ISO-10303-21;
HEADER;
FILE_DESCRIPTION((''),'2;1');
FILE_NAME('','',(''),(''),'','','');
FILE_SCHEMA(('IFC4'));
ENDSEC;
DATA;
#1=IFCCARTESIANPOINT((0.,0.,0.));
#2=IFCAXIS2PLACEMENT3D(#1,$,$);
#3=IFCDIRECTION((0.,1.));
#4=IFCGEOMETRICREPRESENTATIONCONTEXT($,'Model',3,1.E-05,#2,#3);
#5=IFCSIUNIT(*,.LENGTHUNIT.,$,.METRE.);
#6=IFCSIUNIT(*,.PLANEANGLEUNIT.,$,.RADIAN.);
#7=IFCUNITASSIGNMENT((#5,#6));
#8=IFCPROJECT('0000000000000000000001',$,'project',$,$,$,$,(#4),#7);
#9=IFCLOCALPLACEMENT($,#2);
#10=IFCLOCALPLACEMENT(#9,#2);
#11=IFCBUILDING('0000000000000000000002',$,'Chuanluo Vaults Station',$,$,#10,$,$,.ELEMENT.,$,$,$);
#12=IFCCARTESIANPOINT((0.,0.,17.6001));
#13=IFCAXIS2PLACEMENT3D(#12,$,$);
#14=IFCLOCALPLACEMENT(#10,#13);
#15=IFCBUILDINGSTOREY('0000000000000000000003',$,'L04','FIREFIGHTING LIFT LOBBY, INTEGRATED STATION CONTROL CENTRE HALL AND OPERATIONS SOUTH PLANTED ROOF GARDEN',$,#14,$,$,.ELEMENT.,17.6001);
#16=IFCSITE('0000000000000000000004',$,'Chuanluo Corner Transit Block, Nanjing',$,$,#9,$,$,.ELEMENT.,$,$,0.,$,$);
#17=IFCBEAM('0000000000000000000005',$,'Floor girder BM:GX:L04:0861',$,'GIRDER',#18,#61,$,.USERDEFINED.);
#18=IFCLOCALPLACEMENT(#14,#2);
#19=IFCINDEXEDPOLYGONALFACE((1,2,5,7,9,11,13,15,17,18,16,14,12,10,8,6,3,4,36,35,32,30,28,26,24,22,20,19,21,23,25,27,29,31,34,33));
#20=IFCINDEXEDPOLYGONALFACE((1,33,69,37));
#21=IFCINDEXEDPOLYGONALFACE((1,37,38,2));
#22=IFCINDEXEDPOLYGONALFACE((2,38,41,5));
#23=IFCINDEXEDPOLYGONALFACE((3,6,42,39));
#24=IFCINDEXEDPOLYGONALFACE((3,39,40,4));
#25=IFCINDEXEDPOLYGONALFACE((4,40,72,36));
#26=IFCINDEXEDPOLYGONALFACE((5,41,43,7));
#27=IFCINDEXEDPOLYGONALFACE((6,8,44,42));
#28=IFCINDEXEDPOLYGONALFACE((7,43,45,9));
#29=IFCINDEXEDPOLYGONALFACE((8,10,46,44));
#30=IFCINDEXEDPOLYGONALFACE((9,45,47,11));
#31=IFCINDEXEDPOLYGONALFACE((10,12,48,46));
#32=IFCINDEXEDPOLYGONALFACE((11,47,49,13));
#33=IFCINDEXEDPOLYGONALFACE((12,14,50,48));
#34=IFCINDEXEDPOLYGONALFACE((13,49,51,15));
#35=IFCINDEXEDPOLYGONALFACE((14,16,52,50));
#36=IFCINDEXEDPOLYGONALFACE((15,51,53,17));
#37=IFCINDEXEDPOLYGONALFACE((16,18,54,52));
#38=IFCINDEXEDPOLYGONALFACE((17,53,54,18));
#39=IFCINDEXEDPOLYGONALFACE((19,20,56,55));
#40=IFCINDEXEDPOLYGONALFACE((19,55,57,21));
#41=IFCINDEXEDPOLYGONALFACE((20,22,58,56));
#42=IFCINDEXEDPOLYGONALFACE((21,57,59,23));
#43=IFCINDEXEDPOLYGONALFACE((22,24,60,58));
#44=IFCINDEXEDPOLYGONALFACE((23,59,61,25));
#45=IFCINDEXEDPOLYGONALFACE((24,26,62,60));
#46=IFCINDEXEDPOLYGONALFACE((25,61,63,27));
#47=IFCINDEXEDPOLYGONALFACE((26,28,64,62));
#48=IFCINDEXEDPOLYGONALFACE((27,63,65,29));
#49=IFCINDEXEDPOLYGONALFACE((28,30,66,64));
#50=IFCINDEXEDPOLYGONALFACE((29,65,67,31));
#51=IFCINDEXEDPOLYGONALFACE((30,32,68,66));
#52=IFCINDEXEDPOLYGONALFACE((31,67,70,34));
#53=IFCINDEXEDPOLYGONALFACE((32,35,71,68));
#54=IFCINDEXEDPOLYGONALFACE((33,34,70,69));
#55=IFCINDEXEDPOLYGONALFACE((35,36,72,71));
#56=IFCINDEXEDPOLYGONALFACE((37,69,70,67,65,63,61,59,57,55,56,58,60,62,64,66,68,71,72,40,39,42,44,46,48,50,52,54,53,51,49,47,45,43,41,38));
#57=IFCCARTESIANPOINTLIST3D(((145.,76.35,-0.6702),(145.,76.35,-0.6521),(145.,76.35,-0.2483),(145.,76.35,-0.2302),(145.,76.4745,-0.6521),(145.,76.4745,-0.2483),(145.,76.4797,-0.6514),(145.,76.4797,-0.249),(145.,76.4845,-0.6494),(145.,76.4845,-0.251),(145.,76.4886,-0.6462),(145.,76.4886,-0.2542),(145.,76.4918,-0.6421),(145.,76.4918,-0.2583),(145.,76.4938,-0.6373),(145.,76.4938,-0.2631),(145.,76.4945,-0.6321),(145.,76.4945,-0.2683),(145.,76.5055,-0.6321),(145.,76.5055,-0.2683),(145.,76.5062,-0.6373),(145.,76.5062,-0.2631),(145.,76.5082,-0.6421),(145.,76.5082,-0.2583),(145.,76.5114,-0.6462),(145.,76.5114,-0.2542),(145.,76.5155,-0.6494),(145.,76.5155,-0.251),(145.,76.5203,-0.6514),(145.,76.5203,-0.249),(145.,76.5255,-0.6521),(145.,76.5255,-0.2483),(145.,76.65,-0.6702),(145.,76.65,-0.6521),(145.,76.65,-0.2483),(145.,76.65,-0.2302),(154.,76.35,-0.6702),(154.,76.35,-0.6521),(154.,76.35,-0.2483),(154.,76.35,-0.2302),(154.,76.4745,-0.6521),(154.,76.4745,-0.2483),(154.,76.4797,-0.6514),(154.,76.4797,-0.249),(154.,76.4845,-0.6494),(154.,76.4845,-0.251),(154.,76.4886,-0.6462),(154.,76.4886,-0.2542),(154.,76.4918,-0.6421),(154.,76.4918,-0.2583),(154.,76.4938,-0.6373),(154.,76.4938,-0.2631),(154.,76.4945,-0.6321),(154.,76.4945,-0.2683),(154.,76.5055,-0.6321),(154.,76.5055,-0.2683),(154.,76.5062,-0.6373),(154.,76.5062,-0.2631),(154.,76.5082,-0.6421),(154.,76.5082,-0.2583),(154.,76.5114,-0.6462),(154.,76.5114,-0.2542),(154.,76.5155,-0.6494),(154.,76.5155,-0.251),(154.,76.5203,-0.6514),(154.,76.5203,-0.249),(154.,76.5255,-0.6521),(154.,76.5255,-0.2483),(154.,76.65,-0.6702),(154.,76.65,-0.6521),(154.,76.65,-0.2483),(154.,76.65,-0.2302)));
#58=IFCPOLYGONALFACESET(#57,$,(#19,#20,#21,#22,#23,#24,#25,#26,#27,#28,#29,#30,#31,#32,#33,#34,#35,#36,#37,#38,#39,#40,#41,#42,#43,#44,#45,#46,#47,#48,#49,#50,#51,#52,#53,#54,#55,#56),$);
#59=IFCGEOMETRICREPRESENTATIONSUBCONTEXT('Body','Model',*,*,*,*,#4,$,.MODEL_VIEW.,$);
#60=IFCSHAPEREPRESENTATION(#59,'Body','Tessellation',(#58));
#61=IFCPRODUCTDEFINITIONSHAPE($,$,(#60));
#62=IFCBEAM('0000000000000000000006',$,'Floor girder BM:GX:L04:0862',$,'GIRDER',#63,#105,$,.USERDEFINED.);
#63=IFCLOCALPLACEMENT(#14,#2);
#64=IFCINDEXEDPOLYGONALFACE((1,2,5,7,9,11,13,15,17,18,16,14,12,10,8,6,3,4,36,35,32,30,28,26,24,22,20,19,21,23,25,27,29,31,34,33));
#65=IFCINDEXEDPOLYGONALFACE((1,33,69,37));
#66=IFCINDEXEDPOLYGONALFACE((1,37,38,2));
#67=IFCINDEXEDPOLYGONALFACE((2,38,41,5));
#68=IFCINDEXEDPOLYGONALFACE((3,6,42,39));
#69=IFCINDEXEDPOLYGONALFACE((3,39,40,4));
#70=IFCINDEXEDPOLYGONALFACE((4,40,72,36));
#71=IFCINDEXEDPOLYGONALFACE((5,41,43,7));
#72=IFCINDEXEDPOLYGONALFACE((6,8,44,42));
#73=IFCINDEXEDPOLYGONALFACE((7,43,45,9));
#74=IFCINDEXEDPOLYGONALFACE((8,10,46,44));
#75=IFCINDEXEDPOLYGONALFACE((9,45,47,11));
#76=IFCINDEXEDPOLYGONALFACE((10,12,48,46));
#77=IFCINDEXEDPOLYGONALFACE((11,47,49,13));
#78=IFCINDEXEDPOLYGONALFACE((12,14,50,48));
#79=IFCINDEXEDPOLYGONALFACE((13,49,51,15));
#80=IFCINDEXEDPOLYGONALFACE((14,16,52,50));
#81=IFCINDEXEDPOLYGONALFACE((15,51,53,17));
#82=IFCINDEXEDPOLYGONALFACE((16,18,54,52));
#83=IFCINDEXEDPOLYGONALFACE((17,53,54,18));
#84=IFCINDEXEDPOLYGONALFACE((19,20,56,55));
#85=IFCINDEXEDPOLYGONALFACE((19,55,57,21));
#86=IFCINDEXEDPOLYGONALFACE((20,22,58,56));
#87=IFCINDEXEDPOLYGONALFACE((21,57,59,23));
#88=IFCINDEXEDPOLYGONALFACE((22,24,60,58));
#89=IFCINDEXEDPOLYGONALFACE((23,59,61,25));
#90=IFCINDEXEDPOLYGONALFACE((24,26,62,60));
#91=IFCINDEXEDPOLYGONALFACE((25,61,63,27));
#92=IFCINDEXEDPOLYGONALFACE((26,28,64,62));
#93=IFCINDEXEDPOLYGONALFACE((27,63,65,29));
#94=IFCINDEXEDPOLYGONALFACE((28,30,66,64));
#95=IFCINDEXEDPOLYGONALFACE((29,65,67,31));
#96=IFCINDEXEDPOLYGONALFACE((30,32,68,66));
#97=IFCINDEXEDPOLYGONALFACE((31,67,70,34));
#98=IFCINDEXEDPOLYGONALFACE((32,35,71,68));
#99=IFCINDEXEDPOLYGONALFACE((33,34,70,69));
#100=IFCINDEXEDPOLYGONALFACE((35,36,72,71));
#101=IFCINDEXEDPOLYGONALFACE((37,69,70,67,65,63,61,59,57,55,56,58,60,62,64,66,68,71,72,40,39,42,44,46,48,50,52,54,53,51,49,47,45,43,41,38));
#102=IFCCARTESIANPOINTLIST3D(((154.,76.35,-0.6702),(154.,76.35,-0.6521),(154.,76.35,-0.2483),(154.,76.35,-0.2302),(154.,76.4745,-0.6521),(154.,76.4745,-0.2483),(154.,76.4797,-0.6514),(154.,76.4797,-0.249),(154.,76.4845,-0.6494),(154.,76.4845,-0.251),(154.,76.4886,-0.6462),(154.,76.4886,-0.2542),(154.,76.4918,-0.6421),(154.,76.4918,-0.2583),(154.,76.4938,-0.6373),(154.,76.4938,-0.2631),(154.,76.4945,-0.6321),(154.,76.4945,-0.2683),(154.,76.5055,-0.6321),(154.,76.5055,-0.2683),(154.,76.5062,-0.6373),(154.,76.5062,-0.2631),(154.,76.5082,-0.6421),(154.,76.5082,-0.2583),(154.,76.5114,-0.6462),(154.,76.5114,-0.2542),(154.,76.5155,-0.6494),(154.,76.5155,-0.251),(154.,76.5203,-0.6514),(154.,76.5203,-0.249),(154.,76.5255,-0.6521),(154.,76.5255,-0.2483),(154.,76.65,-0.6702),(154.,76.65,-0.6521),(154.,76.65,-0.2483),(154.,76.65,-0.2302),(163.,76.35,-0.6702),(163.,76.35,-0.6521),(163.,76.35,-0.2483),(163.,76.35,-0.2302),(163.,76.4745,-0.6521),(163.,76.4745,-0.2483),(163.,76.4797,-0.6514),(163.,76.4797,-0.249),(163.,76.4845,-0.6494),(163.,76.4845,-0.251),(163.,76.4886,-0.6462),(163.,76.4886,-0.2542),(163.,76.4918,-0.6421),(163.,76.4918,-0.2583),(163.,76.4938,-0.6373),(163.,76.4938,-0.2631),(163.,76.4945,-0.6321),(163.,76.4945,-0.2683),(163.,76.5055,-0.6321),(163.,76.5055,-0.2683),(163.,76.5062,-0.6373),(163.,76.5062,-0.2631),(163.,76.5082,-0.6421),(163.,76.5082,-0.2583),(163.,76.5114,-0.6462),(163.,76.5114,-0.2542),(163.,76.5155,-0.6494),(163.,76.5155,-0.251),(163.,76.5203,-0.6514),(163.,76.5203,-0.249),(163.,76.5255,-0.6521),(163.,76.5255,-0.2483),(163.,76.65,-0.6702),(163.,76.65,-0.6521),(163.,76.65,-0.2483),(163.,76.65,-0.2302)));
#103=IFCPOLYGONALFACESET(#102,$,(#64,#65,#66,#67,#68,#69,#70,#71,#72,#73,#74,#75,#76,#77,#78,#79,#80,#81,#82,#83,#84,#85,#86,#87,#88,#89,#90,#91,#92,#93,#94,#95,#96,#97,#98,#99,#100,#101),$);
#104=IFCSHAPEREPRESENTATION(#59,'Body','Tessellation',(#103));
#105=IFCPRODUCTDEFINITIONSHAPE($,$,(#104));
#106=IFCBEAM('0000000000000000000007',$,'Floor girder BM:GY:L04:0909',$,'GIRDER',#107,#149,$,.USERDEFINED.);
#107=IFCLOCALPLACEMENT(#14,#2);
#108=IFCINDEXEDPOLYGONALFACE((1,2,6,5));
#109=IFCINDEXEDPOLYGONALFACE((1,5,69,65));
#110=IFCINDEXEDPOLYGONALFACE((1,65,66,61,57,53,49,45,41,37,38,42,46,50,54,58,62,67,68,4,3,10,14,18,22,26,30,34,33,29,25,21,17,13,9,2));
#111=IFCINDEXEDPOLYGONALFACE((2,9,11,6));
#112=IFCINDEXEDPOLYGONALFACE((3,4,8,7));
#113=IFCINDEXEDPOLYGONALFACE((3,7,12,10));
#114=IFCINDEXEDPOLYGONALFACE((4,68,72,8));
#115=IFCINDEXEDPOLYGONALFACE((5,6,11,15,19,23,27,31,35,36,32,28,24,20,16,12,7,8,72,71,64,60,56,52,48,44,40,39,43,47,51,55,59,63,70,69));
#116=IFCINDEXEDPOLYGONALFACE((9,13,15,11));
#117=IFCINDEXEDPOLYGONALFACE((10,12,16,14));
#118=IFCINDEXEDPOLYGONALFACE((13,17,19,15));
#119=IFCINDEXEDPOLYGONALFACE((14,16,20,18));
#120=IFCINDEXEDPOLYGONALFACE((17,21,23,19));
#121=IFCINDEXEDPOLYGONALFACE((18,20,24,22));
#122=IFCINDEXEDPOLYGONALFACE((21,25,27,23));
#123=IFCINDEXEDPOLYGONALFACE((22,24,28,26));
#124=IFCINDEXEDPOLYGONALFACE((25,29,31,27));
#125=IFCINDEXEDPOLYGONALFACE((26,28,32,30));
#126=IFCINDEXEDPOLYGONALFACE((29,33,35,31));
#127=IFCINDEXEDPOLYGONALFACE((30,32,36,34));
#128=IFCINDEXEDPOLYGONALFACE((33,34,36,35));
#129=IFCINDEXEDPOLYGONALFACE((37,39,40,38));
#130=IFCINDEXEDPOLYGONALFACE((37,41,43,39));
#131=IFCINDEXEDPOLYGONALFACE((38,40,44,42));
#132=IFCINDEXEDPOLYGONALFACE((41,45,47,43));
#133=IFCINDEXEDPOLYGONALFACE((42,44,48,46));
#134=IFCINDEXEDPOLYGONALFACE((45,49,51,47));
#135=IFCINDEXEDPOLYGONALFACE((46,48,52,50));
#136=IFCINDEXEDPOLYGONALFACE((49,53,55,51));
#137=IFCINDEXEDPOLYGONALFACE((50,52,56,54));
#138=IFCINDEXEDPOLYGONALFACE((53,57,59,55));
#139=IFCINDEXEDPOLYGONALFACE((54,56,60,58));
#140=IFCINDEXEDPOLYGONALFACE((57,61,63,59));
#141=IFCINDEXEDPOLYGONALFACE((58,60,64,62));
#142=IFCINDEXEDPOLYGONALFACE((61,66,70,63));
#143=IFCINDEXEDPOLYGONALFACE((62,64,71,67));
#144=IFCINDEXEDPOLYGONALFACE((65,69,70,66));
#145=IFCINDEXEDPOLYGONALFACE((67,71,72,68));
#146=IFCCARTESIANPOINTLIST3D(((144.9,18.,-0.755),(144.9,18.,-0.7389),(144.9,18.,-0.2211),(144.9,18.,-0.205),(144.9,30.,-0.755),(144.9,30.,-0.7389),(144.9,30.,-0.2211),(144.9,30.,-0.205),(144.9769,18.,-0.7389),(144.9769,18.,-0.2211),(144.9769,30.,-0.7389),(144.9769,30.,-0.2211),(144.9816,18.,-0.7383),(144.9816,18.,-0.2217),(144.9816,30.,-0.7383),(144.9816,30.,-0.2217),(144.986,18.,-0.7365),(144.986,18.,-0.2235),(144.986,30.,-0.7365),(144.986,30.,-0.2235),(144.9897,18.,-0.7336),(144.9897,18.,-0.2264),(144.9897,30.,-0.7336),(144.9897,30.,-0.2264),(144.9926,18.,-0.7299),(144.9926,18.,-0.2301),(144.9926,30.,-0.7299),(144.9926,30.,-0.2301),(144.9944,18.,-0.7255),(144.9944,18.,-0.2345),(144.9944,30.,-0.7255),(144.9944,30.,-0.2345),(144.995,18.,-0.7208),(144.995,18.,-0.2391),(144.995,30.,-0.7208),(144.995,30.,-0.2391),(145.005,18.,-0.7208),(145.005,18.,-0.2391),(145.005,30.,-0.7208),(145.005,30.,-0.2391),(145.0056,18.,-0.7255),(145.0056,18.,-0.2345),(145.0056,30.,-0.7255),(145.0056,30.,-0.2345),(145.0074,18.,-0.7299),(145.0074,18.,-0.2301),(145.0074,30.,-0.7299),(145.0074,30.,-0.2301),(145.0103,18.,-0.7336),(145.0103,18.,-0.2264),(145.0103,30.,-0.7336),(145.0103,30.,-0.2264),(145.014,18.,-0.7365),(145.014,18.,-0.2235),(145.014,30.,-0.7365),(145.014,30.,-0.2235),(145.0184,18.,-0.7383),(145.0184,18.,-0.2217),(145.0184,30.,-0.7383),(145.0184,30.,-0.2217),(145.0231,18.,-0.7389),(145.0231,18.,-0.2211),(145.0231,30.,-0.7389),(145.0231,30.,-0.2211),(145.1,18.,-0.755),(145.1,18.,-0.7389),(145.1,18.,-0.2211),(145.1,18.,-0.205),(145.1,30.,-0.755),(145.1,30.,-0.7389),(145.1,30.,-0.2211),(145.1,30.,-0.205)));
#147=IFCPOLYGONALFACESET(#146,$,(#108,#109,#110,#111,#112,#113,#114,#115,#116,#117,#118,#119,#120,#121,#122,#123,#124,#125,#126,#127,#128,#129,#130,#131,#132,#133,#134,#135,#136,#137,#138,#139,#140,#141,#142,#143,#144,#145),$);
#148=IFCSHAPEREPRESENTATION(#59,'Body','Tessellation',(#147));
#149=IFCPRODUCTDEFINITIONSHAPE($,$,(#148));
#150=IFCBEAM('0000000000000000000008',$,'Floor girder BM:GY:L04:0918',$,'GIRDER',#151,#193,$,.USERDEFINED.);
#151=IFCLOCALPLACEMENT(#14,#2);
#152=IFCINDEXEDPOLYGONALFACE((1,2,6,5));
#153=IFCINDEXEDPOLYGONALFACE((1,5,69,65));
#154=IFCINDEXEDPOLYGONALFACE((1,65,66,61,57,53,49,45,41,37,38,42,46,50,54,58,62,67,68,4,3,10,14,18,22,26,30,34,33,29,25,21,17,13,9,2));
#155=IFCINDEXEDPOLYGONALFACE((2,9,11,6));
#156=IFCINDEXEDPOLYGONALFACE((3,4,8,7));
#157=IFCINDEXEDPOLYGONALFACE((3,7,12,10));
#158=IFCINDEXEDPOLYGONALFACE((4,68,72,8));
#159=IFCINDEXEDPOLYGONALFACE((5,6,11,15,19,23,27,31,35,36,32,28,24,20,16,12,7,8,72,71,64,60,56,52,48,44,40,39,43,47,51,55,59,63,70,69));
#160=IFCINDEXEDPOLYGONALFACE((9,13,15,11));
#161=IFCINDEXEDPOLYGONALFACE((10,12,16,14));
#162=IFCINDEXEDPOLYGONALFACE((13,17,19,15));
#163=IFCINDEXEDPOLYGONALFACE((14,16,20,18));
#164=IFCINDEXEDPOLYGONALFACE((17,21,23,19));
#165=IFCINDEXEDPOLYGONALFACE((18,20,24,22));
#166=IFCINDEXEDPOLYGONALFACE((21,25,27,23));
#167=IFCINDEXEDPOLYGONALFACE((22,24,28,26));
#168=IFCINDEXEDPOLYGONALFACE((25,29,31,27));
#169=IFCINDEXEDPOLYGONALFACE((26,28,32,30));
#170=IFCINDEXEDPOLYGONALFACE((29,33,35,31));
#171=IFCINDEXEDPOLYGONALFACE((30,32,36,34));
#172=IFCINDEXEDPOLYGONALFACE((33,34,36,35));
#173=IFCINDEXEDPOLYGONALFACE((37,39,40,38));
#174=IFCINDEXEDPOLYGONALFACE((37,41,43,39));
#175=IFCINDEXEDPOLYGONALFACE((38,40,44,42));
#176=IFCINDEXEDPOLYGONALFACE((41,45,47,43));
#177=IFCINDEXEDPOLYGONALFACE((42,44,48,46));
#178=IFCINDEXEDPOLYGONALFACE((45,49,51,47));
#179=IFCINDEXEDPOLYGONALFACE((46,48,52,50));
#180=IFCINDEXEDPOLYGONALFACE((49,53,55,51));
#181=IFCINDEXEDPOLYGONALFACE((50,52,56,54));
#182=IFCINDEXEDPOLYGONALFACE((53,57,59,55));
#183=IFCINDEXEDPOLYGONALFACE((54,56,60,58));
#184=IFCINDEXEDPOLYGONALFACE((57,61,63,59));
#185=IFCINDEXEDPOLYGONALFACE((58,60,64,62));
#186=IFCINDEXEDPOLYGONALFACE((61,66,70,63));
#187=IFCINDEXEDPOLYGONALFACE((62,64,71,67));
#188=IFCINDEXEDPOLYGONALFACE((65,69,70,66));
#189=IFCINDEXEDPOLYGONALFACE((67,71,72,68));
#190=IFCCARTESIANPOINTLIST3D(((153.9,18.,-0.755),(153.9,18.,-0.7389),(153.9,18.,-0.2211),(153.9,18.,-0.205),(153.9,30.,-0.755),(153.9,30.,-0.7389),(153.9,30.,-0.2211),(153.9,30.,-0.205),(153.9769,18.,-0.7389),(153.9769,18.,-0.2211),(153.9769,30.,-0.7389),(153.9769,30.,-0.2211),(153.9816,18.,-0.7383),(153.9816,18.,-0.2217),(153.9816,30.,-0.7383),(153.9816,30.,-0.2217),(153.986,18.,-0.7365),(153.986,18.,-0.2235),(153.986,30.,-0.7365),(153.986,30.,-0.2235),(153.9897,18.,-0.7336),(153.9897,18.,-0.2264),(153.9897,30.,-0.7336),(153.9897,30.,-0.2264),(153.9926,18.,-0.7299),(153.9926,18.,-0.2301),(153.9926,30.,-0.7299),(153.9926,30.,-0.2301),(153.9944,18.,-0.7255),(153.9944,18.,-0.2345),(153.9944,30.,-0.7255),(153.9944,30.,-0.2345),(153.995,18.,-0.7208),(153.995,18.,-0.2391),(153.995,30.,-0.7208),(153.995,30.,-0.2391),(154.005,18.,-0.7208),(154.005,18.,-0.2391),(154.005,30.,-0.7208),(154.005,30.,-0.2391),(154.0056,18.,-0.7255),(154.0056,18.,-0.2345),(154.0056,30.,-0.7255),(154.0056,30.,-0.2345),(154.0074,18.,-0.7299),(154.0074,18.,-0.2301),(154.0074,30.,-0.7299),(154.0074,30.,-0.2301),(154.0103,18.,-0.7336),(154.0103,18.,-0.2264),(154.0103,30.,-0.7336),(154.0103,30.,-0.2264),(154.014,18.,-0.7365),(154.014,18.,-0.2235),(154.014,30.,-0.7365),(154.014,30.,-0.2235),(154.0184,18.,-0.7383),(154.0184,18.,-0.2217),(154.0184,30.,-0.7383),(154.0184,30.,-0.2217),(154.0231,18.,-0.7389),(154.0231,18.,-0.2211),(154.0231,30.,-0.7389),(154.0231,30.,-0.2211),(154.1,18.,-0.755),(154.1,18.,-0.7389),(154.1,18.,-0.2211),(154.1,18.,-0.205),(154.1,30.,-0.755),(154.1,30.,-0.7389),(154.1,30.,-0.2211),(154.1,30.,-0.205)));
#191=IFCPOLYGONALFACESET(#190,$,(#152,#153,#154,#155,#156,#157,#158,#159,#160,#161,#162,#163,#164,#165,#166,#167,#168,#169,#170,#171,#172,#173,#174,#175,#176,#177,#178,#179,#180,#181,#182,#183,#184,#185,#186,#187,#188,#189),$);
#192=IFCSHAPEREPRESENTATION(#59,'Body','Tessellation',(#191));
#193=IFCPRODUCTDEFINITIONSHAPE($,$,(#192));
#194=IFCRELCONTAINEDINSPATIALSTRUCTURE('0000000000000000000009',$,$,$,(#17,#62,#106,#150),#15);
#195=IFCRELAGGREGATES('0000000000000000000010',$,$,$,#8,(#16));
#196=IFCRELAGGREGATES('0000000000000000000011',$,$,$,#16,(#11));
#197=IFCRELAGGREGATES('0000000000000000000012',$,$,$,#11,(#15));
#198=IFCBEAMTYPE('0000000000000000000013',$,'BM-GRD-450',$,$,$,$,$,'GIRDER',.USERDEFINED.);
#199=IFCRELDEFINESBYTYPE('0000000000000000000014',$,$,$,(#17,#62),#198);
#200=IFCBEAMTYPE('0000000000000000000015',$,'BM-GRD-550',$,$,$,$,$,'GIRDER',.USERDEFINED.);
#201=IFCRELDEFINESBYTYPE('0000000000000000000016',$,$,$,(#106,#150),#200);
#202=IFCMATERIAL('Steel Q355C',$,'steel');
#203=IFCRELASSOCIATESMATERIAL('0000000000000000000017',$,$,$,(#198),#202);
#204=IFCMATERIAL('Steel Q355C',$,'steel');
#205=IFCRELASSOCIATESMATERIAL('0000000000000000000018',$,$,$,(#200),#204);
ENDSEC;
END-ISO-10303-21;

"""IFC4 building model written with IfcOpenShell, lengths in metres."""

from ifc_helpers import new_model, si_unit, direction, frame, origin, origin_2d, place, context, subcontext, project, spatial, i_section, extrude, material, material_profile, profile_set, type_object, element, save


model = new_model("IFC4")

# Units and contexts
model_context = context("Model", 3, precision=1e-05, world=origin(), true_north=direction((0.0, 1.0)))
body_context = subcontext(model_context, "Body", "Model", "MODEL_VIEW")
ifc_project = project(units=[si_unit("LENGTHUNIT", "METRE"), si_unit("PLANEANGLEUNIT", "RADIAN")], contexts=[model_context])

# Site, building, storey
site_placement = place(None, origin())
site = spatial("IfcSite", under=ifc_project, at=site_placement, Name="Chuanluo Corner Transit Block, Nanjing", CompositionType="ELEMENT", RefElevation=0.0)
building_placement = place(site_placement, origin())
building = spatial("IfcBuilding", under=site, at=building_placement, Name="Chuanluo Vaults Station", CompositionType="ELEMENT")
storey_placement = place(building_placement, frame((0.0, 0.0, 17.6001)))
storey = spatial("IfcBuildingStorey", under=building, at=storey_placement, Name="L04", Description="FIREFIGHTING LIFT LOBBY, INTEGRATED STATION CONTROL CENTRE HALL AND OPERATIONS SOUTH PLANTED ROOF GARDEN", CompositionType="ELEMENT", Elevation=17.6001)

# Beams
ifc_material_1 = material(Name="Steel Q355C", Category="steel")
ifc_material_profile_1 = material_profile(ifc_material_1, i_section(OverallWidth=0.3, OverallDepth=0.4399, WebThickness=0.011, FlangeThickness=0.0181, FilletRadius=0.02, at=origin_2d()))
ifc_profile_set_1 = profile_set([ifc_material_profile_1], Name="Steel Q355C")
beam_type_1 = type_object("IfcBeamType", Name="BM-GRD-450", ElementType="GIRDER", PredefinedType="USERDEFINED", material=ifc_profile_set_1)
for number, where, z_axis, x_axis, name in (
    (1, (145.0, 76.5, -0.4502), (1.0, 0.0, 0.0), (0.0, 1.0, 0.0), "Floor girder BM:GX:L04:0861"),
    (2, (154.0, 76.5, -0.4502), (1.0, 0.0, 0.0), (0.0, 1.0, 0.0), "Floor girder BM:GX:L04:0862"),
):
    element("IfcBeam", number, at=place(storey_placement, frame(where, z_axis=z_axis, x_axis=x_axis)), inside=storey, type_object=beam_type_1, Name=name, ObjectType="GIRDER", PredefinedType="USERDEFINED", context=body_context, shape_type="SweptSolid", body=[
        extrude(i_section(OverallWidth=0.3, OverallDepth=0.4399, WebThickness=0.011, FlangeThickness=0.0181, FilletRadius=0.02, at=origin_2d()), origin(), (0.0, 0.0, 1.0), 9.0),
    ])
ifc_material_2 = material(Name="Steel Q355C", Category="steel")
ifc_material_profile_2 = material_profile(ifc_material_2, i_section(OverallWidth=0.2, OverallDepth=0.55, WebThickness=0.01, FlangeThickness=0.0161, FilletRadius=0.0181, at=origin_2d()))
ifc_profile_set_2 = profile_set([ifc_material_profile_2], Name="Steel Q355C")
beam_type_2 = type_object("IfcBeamType", Name="BM-GRD-550", ElementType="GIRDER", PredefinedType="USERDEFINED", material=ifc_profile_set_2)
for number, where, z_axis, x_axis, name in (
    (3, (145.0, 18.0, -0.48), (0.0, 1.0, 0.0), (-1.0, 0.0, 0.0), "Floor girder BM:GY:L04:0909"),
    (4, (154.0, 18.0, -0.48), (0.0, 1.0, 0.0), (-1.0, 0.0, 0.0), "Floor girder BM:GY:L04:0918"),
):
    element("IfcBeam", number, at=place(storey_placement, frame(where, z_axis=z_axis, x_axis=x_axis)), inside=storey, type_object=beam_type_2, Name=name, ObjectType="GIRDER", PredefinedType="USERDEFINED", context=body_context, shape_type="SweptSolid", body=[
        extrude(i_section(OverallWidth=0.2, OverallDepth=0.55, WebThickness=0.01, FlangeThickness=0.0161, FilletRadius=0.0181, at=origin_2d()), origin(), (0.0, 0.0, 1.0), 12.0),
    ])

save(model, "model.ifc")
